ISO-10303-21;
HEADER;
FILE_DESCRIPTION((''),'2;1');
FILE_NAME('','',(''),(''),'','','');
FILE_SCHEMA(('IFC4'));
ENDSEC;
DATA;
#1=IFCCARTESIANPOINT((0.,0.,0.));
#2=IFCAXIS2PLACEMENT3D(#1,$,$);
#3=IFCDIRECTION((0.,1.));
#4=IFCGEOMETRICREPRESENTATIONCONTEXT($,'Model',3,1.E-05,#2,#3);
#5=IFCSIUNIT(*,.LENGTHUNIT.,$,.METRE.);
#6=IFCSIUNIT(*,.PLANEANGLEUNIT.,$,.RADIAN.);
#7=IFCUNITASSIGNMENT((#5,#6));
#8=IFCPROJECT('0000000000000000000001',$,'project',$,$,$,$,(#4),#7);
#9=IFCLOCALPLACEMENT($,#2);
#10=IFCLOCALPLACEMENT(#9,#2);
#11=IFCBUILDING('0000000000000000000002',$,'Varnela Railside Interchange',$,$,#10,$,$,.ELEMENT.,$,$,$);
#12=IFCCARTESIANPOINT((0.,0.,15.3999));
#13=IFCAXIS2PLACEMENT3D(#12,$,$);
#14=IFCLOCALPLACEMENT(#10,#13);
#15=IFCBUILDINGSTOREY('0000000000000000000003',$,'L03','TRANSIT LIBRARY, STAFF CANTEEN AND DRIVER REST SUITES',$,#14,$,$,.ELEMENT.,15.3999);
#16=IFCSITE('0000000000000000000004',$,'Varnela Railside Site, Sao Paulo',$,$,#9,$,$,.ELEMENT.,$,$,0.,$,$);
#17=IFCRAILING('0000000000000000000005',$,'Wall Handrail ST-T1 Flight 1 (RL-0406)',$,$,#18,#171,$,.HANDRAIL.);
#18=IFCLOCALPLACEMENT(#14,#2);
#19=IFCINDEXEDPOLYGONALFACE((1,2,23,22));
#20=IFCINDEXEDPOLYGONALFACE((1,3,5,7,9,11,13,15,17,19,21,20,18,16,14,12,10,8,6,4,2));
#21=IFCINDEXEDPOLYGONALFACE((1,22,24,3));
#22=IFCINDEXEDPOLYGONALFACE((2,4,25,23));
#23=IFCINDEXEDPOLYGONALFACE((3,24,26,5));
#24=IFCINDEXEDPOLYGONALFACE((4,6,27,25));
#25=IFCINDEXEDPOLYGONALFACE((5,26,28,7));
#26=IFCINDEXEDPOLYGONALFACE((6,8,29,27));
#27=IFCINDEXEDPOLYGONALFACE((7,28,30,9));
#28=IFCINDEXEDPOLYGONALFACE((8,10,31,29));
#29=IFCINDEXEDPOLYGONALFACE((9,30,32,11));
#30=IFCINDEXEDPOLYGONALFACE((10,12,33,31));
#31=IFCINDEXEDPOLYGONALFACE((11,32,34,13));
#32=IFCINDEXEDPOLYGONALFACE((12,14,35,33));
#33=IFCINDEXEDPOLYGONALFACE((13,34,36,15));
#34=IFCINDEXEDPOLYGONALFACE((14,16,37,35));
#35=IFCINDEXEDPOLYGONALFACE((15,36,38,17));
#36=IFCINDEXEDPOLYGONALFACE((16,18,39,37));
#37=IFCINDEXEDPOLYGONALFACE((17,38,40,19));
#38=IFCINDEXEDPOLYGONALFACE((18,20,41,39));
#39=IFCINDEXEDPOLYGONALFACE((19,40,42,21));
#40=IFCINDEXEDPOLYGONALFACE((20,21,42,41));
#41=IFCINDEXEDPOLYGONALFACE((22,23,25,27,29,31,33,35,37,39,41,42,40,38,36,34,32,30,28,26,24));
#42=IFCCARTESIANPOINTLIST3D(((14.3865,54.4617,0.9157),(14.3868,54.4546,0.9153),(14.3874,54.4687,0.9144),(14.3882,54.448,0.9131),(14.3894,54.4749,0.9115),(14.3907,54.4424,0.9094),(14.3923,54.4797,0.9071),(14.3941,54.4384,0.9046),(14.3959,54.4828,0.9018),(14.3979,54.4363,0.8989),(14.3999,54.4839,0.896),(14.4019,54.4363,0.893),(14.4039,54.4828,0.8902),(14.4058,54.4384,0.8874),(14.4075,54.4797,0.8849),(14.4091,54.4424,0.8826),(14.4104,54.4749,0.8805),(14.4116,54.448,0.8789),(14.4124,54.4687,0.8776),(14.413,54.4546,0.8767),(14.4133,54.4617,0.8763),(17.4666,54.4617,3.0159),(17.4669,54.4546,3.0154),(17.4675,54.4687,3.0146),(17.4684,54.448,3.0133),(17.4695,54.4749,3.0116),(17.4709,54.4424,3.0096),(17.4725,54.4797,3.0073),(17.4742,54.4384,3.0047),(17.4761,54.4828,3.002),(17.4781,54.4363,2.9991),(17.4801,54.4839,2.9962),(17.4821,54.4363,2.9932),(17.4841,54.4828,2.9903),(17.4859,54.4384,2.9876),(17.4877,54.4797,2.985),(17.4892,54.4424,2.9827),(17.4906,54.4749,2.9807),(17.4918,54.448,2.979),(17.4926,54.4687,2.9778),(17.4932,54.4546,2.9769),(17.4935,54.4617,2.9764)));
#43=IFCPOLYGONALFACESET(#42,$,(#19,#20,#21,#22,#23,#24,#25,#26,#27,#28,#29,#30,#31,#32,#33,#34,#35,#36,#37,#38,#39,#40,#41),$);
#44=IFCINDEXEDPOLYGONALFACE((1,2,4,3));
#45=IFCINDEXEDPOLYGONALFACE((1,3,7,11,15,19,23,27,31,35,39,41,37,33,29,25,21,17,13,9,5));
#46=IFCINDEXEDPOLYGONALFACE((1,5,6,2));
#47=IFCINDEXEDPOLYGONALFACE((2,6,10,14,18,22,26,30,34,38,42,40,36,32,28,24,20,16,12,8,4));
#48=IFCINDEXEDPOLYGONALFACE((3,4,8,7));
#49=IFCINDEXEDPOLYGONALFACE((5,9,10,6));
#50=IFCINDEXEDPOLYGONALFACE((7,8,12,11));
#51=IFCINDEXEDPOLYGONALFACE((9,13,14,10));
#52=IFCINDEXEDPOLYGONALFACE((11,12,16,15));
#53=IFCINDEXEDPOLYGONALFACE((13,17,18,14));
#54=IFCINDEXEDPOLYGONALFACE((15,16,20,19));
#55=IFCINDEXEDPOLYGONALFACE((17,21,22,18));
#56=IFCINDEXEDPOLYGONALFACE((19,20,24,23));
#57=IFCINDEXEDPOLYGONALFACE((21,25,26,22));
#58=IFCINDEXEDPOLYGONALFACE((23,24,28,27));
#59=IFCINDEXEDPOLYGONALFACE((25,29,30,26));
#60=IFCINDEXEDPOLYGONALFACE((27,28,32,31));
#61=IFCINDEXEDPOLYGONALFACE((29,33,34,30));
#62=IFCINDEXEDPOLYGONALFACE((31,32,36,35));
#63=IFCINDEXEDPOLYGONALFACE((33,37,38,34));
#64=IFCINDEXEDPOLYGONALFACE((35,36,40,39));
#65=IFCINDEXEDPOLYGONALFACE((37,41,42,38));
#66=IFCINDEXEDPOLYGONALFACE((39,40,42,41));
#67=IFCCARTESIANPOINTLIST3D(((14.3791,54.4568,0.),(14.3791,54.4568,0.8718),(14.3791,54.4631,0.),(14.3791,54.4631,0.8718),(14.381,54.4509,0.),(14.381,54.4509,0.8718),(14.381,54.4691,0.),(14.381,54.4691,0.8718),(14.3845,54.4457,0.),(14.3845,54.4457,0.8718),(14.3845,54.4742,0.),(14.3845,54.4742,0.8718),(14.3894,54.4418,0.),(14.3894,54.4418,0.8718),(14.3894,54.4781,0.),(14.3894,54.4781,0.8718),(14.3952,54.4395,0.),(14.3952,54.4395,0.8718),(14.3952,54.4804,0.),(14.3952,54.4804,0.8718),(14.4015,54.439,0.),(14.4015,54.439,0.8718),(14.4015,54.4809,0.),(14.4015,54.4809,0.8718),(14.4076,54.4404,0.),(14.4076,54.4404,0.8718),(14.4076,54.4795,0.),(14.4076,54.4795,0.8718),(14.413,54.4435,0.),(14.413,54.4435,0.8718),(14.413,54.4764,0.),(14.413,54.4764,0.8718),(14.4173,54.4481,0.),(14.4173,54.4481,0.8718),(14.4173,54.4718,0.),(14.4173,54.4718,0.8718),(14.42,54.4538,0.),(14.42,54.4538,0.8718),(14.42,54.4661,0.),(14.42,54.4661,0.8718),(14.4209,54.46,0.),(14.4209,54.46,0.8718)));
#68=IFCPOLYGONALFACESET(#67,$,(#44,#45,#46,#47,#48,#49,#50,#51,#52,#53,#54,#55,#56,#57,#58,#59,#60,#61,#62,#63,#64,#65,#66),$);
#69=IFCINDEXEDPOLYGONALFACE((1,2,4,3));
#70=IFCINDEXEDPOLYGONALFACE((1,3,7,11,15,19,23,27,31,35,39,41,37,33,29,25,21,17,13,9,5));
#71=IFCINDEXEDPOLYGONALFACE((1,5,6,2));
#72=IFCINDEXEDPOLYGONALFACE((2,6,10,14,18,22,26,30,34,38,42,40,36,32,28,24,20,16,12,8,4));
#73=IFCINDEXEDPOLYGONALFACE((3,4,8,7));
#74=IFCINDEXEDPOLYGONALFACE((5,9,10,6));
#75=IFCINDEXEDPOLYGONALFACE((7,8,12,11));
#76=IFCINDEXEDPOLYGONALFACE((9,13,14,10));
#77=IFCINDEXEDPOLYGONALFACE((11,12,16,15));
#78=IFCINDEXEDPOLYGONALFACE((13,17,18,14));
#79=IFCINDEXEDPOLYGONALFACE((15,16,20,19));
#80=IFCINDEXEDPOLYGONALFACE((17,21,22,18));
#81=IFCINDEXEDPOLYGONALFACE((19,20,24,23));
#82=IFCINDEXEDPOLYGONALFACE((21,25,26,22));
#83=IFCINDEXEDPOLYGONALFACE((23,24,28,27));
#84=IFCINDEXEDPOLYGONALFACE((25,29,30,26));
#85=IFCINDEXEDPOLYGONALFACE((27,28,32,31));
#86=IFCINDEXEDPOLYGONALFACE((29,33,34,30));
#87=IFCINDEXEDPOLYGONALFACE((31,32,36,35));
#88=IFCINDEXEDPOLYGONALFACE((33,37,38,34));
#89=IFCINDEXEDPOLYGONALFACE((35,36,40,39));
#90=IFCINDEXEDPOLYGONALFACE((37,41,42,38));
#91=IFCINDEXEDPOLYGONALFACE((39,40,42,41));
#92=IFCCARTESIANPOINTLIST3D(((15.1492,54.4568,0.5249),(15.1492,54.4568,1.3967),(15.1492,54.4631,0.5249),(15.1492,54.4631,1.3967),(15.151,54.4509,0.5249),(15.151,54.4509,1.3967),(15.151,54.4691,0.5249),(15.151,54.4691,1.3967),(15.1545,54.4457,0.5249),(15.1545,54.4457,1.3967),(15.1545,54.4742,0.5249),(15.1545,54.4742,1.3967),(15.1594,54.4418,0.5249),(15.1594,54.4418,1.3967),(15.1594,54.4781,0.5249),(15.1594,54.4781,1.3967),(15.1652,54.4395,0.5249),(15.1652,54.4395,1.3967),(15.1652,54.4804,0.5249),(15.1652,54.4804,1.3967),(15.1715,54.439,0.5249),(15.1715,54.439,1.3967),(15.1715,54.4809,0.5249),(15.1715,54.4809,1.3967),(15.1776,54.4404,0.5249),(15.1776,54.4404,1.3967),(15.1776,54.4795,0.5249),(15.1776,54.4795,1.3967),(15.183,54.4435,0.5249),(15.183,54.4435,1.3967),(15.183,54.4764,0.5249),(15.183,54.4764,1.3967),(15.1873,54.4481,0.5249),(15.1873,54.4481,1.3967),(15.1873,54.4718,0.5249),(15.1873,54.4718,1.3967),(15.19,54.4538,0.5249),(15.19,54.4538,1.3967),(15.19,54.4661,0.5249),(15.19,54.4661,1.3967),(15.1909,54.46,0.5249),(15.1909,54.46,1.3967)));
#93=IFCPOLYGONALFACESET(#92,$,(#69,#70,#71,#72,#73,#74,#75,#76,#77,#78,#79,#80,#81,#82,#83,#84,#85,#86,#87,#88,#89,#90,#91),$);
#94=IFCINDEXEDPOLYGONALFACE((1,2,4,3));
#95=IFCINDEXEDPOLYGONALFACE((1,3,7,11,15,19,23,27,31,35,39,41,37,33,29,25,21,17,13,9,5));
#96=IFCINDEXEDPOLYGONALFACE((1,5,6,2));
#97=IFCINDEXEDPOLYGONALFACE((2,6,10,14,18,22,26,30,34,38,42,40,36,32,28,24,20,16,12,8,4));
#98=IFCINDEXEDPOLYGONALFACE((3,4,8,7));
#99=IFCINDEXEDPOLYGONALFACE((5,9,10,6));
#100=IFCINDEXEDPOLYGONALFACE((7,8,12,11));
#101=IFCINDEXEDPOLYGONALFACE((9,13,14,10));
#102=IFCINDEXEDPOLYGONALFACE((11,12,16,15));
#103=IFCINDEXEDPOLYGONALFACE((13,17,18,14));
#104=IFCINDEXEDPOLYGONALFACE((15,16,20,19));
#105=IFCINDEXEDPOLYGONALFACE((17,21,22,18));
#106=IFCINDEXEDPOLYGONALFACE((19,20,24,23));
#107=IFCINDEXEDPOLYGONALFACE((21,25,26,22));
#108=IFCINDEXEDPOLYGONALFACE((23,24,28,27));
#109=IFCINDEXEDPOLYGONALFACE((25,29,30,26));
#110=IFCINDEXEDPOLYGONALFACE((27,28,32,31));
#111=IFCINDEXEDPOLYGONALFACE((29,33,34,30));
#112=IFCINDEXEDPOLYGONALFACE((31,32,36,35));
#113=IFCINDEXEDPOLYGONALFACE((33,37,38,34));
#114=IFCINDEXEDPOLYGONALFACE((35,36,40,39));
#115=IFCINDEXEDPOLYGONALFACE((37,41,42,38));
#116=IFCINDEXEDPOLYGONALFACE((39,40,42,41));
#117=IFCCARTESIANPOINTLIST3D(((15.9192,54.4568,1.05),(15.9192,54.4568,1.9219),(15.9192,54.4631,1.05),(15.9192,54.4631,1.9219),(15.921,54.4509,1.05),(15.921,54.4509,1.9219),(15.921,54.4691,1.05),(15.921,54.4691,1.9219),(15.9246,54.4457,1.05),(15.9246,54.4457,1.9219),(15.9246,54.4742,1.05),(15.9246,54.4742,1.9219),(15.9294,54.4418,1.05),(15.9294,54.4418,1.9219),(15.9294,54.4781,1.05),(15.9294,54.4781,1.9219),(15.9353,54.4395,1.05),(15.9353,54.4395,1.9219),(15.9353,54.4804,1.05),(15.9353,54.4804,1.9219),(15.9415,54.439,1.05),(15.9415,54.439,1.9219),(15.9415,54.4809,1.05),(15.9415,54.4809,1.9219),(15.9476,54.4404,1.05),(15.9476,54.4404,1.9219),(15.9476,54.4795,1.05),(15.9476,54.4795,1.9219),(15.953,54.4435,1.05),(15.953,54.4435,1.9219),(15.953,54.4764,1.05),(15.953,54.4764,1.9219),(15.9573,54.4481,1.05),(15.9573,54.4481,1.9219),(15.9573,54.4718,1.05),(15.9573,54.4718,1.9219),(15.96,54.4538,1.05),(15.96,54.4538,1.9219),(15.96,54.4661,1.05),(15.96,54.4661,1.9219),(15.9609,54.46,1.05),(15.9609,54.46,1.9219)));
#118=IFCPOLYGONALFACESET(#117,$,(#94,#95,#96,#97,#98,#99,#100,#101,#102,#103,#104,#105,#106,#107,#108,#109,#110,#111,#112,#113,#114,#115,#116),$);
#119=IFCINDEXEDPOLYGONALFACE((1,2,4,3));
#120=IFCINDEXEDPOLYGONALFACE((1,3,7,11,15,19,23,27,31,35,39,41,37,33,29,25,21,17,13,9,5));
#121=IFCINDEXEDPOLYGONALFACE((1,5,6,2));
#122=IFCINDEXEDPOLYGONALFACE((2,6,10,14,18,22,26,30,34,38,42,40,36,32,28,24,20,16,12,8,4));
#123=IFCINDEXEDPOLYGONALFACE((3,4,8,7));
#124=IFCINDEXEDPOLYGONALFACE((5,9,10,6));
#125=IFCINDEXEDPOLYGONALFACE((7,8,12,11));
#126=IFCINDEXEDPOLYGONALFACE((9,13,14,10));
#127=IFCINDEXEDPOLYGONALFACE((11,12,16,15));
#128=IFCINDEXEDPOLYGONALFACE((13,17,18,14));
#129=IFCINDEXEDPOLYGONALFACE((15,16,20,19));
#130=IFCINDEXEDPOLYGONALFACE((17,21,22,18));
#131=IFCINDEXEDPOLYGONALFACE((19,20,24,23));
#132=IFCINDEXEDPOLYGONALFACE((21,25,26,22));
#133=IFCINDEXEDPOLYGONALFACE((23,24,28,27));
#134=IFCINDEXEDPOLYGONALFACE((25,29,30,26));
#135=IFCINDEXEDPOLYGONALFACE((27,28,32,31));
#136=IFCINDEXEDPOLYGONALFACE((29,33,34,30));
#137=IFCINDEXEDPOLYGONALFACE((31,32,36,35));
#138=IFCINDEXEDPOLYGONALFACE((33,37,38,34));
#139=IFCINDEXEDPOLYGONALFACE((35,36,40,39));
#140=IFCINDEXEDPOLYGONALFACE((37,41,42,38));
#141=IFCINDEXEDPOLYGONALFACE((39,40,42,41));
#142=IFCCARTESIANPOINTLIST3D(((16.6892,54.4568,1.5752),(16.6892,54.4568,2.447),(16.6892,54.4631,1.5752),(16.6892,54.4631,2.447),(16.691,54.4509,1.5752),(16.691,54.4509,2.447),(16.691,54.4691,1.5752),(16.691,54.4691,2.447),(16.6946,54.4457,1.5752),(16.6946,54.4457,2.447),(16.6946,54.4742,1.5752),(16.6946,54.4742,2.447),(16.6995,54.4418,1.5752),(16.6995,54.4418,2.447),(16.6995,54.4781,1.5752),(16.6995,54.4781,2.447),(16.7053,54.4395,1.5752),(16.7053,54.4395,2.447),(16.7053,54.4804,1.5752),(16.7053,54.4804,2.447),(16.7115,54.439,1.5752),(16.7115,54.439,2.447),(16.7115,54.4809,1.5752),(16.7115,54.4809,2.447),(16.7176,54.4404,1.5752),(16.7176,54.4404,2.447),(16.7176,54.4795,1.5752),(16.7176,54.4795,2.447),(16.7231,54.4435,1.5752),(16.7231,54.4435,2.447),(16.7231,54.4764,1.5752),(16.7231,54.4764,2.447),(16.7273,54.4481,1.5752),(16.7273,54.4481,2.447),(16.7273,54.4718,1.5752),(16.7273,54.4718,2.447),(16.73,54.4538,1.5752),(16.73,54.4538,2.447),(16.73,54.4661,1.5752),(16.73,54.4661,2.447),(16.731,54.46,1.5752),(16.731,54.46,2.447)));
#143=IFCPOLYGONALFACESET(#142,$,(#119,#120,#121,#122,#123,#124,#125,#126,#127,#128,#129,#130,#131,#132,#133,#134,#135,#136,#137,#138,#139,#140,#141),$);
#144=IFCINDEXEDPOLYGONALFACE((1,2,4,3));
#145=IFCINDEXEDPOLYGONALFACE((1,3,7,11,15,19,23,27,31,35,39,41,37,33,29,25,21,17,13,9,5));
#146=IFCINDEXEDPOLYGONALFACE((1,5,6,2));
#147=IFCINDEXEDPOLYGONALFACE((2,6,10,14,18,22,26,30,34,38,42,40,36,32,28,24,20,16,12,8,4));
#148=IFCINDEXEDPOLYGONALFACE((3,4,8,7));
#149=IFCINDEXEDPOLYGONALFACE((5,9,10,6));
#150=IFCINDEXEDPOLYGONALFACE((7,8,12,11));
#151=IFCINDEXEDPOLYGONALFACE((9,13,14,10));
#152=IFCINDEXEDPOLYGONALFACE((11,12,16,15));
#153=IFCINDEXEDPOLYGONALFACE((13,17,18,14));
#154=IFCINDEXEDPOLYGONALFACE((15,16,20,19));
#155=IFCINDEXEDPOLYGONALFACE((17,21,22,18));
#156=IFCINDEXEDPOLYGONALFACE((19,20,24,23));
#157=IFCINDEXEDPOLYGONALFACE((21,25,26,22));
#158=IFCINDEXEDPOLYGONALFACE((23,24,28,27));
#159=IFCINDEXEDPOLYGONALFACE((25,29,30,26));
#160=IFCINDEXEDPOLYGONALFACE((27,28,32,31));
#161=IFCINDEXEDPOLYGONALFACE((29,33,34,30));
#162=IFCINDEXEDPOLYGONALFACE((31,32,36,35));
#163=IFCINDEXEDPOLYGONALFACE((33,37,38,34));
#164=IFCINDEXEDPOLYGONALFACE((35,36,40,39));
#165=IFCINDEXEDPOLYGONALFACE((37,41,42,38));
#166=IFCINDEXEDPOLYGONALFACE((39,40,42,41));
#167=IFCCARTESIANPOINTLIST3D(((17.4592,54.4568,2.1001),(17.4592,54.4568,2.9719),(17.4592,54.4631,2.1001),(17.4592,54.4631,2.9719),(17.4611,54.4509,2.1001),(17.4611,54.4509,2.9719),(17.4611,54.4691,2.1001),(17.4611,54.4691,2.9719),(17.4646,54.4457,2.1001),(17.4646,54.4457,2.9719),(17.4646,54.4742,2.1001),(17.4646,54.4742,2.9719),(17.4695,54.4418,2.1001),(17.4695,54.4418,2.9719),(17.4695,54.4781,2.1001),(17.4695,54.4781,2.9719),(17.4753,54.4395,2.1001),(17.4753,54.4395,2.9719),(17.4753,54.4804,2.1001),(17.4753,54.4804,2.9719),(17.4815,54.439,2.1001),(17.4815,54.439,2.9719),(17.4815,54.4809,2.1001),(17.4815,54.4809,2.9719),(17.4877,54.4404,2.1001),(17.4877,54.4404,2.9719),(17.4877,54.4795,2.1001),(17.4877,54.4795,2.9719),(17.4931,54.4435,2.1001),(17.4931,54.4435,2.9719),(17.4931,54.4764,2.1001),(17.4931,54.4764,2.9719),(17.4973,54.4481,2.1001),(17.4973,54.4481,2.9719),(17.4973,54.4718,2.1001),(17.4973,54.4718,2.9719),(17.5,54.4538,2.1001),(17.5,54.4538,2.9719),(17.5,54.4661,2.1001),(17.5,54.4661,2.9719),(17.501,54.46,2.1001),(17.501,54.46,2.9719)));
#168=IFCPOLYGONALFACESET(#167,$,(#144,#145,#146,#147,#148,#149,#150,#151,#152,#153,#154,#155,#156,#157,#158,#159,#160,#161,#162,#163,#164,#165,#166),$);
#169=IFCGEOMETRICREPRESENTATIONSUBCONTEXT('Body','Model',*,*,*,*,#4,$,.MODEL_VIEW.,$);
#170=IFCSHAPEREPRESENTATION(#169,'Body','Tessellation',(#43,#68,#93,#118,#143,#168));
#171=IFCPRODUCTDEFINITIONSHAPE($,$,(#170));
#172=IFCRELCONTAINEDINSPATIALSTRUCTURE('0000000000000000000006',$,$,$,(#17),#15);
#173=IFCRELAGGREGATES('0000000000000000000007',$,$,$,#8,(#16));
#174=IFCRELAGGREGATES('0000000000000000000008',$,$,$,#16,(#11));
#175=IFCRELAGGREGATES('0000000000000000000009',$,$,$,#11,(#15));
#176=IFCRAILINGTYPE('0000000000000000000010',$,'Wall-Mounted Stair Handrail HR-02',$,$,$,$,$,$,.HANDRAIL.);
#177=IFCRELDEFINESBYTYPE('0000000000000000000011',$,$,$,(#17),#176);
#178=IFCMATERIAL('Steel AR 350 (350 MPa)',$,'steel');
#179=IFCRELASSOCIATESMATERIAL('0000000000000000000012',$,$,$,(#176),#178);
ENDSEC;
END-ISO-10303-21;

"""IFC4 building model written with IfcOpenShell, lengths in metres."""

from ifc_helpers import new_model, si_unit, direction, frame, origin, origin_2d, place, context, subcontext, project, spatial, circle, extrude, material, type_object, element, save


model = new_model("IFC4")

# Units and contexts
model_context = context("Model", 3, precision=1e-05, world=origin(), true_north=direction((0.0, 1.0)))
body_context = subcontext(model_context, "Body", "Model", "MODEL_VIEW")
ifc_project = project(units=[si_unit("LENGTHUNIT", "METRE"), si_unit("PLANEANGLEUNIT", "RADIAN")], contexts=[model_context])

# Site, building, storey
site_placement = place(None, origin())
site = spatial("IfcSite", under=ifc_project, at=site_placement, Name="Varnela Railside Site, Sao Paulo", CompositionType="ELEMENT", RefElevation=0.0)
building_placement = place(site_placement, origin())
building = spatial("IfcBuilding", under=site, at=building_placement, Name="Varnela Railside Interchange", CompositionType="ELEMENT")
storey_placement = place(building_placement, frame((0.0, 0.0, 15.3999)))
storey = spatial("IfcBuildingStorey", under=building, at=storey_placement, Name="L03", Description="TRANSIT LIBRARY, STAFF CANTEEN AND DRIVER REST SUITES", CompositionType="ELEMENT", Elevation=15.3999)

# Shared definitions
ifc_material_1 = material(Name="Steel AR 350 (350 MPa)", Category="steel")

# Railing
railing_type_1 = type_object("IfcRailingType", Name="Wall-Mounted Stair Handrail HR-02", PredefinedType="HANDRAIL", material=ifc_material_1)
railing_1_placement = place(storey_placement, frame((14.3999, 54.46, 0.0)))
element("IfcRailing", 1, at=railing_1_placement, inside=storey, type_object=railing_type_1, Name="Wall Handrail ST-T1 Flight 1 (RL-0406)", PredefinedType="HANDRAIL", context=body_context, shape_type="SweptSolid", body=[
    extrude(circle(Radius=0.0239, at=origin_2d()), frame((0.0, 0.0, 0.896), z_axis=(0.826222, 0.0, 0.563345), x_axis=(0.0, 1.0, 0.0)), (0.0, 0.0, 1.0), 3.728),
    extrude(circle(Radius=0.021, at=origin_2d()), origin(), (0.0, 0.0, 1.0), 0.8718),
    extrude(circle(Radius=0.021, at=origin_2d()), frame((0.77, 0.0, 0.5249)), (0.0, 0.0, 1.0), 0.8718),
    extrude(circle(Radius=0.021, at=origin_2d()), frame((1.54, 0.0, 1.05)), (0.0, 0.0, 1.0), 0.8718),
    extrude(circle(Radius=0.021, at=origin_2d()), frame((2.3101, 0.0, 1.5752)), (0.0, 0.0, 1.0), 0.8718),
    extrude(circle(Radius=0.021, at=origin_2d()), frame((3.0801, 0.0, 2.1001)), (0.0, 0.0, 1.0), 0.8718),
])

save(model, "model.ifc")
